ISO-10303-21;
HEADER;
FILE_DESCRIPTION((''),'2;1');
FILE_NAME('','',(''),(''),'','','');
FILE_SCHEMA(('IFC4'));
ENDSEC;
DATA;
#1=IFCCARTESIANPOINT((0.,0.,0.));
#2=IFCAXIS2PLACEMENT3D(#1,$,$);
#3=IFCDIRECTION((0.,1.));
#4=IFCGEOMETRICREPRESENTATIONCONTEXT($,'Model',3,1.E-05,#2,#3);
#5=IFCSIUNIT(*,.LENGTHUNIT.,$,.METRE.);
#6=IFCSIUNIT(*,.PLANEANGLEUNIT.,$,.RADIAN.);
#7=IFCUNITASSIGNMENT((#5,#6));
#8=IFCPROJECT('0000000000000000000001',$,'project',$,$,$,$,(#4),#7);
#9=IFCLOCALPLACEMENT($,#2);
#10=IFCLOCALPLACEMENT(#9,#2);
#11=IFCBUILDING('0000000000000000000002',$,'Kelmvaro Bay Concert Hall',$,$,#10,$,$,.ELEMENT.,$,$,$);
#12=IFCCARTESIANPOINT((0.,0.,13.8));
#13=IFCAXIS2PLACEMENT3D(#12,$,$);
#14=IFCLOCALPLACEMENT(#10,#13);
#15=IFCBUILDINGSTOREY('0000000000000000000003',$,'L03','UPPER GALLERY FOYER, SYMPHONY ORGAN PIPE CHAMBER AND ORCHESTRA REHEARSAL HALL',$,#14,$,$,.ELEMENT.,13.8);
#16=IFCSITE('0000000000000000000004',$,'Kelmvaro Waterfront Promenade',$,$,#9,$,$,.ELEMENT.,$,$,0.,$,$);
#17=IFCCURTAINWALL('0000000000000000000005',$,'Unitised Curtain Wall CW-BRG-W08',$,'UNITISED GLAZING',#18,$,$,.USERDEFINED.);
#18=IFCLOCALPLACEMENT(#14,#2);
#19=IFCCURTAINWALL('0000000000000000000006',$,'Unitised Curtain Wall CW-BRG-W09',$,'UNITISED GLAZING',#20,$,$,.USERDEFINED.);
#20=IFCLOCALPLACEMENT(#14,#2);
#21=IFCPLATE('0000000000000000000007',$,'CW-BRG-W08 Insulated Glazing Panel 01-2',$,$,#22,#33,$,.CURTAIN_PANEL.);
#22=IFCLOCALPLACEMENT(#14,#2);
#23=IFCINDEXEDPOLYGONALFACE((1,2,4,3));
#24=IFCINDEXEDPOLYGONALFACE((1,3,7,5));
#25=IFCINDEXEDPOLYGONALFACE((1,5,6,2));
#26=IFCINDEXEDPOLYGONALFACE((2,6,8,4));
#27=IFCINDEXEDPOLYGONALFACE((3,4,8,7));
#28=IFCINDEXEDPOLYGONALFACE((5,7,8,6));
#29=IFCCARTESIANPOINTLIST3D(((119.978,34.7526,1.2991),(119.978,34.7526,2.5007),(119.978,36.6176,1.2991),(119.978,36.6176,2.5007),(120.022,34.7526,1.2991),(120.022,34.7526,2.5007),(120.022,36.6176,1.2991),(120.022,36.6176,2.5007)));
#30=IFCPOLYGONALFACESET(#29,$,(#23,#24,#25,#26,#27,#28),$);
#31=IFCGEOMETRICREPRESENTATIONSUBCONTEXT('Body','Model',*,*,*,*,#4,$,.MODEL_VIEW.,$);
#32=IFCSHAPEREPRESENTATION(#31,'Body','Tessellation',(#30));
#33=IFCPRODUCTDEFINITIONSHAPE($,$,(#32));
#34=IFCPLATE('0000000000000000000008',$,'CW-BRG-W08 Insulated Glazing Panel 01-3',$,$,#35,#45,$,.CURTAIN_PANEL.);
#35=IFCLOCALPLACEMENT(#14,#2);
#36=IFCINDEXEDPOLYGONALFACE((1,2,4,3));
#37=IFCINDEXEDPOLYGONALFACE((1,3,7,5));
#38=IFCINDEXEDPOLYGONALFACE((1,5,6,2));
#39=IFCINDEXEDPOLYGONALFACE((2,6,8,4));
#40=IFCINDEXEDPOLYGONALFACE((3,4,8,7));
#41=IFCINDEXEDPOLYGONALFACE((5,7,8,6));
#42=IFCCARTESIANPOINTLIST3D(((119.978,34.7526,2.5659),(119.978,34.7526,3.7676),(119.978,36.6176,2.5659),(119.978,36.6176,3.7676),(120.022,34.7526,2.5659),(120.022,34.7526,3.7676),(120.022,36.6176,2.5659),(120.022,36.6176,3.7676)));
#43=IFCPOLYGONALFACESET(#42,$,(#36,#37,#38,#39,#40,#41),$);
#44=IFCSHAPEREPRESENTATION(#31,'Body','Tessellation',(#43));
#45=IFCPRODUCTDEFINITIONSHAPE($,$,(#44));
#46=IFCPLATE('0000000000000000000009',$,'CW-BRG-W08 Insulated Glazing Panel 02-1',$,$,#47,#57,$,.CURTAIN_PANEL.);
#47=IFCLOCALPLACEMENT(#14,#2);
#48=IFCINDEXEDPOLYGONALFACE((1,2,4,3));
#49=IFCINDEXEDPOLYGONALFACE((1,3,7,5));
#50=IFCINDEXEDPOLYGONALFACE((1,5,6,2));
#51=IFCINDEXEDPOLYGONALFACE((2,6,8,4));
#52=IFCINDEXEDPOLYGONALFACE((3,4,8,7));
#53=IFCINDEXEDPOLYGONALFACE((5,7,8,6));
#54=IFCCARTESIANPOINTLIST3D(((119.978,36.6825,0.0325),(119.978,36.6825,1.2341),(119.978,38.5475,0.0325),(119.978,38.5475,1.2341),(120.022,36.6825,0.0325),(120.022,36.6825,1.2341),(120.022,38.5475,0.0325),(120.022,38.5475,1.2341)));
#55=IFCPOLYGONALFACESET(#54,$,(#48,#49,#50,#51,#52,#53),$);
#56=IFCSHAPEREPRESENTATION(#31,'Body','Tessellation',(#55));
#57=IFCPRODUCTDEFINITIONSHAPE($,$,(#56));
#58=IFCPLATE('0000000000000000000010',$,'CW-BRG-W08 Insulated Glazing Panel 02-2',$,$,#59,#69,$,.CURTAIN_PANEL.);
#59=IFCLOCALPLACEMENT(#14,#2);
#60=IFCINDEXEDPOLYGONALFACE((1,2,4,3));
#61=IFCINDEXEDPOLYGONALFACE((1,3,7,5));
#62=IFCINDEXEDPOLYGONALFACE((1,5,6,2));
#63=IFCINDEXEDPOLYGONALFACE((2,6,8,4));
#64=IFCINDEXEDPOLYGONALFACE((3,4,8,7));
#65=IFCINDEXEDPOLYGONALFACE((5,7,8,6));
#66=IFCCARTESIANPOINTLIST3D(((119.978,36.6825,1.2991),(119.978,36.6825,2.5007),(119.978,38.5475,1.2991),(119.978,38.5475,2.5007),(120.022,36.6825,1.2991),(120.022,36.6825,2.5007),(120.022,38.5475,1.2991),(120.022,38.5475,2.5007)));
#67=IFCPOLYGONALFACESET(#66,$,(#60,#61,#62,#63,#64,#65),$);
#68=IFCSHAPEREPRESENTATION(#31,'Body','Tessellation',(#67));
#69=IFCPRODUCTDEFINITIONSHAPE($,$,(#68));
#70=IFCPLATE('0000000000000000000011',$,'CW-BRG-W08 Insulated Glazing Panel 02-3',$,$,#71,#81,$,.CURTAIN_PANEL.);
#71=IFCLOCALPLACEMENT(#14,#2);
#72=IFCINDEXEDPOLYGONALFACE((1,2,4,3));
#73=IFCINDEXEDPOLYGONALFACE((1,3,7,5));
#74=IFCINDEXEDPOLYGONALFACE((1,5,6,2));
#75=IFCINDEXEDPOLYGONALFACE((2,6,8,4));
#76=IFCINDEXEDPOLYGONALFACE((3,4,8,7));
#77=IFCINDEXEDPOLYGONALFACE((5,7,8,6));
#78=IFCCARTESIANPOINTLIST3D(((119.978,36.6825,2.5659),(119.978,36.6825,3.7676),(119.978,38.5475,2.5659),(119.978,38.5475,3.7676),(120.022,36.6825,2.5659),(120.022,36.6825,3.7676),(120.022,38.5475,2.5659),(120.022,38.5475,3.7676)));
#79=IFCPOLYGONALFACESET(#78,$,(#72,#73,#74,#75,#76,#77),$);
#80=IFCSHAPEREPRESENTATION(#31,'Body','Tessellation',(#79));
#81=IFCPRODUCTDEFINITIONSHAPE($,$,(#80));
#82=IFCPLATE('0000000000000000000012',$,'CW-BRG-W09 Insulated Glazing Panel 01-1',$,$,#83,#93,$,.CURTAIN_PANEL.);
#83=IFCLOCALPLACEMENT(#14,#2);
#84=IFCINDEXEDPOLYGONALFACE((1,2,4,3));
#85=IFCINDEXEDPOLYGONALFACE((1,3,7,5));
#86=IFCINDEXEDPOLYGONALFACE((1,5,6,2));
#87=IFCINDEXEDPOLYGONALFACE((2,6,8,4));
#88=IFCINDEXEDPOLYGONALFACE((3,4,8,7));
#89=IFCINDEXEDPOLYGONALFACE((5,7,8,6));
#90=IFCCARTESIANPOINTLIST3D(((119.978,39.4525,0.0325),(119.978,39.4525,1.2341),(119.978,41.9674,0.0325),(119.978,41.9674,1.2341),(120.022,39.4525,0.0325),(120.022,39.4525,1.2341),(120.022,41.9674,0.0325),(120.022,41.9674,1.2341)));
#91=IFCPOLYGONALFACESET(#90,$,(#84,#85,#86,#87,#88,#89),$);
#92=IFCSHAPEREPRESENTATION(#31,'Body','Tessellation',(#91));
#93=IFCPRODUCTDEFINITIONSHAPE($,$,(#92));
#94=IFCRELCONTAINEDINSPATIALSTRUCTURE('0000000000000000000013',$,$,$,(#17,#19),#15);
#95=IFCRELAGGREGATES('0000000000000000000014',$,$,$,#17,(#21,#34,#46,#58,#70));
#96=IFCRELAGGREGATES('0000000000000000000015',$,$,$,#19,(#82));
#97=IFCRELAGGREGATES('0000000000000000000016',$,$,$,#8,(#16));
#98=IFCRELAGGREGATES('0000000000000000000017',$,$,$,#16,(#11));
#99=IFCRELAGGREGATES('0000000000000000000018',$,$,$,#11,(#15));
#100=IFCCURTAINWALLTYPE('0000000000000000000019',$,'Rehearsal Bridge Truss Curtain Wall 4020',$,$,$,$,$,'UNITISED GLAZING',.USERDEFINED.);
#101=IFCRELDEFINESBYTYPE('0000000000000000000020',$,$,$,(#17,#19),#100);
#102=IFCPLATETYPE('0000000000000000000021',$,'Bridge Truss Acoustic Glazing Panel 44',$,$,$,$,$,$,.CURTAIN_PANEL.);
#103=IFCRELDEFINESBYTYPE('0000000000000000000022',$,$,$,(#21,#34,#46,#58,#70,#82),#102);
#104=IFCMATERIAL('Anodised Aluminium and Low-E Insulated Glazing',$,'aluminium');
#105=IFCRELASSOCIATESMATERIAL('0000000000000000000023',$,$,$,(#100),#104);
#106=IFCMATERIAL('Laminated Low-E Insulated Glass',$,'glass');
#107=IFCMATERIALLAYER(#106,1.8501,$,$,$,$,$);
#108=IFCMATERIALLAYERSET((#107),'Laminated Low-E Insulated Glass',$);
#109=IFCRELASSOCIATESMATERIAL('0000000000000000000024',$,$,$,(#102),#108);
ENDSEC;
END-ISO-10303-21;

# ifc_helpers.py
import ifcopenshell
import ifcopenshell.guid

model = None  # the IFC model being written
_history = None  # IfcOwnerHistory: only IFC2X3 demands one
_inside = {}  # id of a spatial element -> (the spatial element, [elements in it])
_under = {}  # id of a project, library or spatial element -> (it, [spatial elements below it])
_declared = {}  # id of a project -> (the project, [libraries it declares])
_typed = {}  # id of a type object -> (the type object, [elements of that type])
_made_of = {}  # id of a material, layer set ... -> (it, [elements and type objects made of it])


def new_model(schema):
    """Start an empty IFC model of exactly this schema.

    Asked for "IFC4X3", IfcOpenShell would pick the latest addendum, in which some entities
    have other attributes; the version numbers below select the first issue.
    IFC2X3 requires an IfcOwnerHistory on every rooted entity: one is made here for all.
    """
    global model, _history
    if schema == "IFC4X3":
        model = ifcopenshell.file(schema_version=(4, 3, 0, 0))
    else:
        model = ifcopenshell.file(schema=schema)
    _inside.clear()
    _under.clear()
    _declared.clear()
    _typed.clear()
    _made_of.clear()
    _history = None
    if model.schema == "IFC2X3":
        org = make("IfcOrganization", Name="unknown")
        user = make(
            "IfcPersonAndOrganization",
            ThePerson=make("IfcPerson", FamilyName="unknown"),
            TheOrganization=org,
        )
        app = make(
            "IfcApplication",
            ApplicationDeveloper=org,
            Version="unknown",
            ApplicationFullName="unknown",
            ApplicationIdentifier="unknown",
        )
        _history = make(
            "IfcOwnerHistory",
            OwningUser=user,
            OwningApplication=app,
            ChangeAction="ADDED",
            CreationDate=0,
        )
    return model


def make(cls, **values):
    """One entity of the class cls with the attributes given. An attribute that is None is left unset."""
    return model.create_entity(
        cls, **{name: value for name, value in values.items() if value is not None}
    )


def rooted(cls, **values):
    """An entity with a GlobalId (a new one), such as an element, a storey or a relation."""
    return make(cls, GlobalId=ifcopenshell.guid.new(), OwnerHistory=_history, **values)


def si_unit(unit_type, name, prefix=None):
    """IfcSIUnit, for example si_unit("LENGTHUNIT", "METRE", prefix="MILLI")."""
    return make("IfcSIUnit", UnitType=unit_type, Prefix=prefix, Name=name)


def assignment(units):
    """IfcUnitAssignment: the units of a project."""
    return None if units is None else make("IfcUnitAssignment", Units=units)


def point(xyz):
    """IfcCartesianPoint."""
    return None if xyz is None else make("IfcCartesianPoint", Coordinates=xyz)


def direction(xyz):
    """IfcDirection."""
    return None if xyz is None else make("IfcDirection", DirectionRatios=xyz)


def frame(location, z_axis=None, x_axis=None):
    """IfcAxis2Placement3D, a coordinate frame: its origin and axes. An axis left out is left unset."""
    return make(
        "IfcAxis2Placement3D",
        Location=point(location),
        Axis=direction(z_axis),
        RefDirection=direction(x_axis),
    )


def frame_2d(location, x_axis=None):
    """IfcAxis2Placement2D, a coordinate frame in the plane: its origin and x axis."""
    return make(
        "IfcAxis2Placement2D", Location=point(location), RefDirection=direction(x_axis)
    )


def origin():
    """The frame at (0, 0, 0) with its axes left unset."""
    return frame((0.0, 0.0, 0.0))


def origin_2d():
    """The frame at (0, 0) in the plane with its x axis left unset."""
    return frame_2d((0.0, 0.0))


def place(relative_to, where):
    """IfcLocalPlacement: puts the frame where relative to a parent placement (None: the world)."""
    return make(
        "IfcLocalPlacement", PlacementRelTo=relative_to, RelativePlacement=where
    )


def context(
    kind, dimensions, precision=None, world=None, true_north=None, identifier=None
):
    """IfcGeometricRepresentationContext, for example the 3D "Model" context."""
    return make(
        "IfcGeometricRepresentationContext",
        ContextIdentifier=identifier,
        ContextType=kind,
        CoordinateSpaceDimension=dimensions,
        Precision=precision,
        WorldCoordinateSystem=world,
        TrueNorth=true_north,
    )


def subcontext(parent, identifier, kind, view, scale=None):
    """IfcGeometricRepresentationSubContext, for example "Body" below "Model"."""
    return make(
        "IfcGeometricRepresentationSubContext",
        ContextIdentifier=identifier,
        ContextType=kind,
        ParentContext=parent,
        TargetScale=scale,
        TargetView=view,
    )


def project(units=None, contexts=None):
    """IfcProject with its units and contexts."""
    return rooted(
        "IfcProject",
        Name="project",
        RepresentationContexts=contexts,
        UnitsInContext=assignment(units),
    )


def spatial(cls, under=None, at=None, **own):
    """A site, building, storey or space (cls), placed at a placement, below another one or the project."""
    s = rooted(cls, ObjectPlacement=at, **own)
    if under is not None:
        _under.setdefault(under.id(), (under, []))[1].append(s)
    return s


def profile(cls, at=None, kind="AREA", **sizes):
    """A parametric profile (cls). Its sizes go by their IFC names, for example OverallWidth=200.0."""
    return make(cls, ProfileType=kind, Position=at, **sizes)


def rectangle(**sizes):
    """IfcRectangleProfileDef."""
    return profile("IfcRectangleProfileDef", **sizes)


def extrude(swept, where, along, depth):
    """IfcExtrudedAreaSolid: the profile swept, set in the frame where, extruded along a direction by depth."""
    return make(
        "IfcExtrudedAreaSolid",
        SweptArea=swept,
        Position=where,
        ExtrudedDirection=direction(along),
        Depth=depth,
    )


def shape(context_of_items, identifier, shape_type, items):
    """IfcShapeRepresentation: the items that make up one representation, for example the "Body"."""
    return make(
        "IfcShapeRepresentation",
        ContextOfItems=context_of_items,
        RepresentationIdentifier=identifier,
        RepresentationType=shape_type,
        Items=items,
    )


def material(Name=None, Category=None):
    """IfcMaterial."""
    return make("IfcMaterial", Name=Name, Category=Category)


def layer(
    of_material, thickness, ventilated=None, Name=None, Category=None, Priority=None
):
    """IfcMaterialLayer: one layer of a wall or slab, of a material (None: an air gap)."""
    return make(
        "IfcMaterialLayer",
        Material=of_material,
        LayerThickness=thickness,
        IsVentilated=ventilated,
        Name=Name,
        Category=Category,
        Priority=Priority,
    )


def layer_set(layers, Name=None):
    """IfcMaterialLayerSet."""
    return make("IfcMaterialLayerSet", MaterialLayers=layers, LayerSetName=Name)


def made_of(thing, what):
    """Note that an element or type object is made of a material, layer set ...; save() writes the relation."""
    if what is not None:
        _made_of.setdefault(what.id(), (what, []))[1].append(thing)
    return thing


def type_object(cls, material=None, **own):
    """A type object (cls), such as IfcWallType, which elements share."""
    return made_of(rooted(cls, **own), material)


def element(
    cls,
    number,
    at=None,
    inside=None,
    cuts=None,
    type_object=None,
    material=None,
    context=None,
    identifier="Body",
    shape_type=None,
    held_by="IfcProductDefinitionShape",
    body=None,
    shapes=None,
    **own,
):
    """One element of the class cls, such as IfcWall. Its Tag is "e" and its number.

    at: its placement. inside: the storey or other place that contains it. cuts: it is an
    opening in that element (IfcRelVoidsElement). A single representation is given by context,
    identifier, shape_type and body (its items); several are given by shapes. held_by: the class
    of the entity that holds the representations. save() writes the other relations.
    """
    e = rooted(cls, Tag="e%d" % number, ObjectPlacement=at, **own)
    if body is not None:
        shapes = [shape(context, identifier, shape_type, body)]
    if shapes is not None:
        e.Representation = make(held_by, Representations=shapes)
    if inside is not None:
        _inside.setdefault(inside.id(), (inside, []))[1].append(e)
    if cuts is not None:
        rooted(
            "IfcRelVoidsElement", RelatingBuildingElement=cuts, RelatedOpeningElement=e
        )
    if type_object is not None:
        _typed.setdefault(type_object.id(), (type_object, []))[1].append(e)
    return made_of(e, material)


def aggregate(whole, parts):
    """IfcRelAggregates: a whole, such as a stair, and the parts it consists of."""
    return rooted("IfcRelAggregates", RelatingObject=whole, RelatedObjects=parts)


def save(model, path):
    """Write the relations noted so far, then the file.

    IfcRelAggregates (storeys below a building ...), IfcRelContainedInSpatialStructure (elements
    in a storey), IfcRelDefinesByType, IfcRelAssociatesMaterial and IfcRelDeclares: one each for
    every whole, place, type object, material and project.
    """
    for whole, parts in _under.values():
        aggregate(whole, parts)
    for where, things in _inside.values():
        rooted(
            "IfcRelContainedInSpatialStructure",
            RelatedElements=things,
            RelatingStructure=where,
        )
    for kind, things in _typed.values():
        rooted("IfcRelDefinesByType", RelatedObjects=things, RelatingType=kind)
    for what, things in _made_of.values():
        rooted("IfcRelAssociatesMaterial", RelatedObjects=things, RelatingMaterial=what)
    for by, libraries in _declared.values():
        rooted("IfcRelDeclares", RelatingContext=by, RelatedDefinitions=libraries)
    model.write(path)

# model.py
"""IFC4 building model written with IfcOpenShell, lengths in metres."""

from ifc_helpers import new_model, si_unit, direction, frame, origin, origin_2d, place, context, subcontext, project, spatial, rectangle, extrude, material, layer, layer_set, type_object, element, aggregate, save


model = new_model("IFC4")

# Units and contexts
model_context = context("Model", 3, precision=1e-05, world=origin(), true_north=direction((0.0, 1.0)))
body_context = subcontext(model_context, "Body", "Model", "MODEL_VIEW")
ifc_project = project(units=[si_unit("LENGTHUNIT", "METRE"), si_unit("PLANEANGLEUNIT", "RADIAN")], contexts=[model_context])

# Site, building, storey
site_placement = place(None, origin())
site = spatial("IfcSite", under=ifc_project, at=site_placement, Name="Kelmvaro Waterfront Promenade", CompositionType="ELEMENT", RefElevation=0.0)
building_placement = place(site_placement, origin())
building = spatial("IfcBuilding", under=site, at=building_placement, Name="Kelmvaro Bay Concert Hall", CompositionType="ELEMENT")
storey_placement = place(building_placement, frame((0.0, 0.0, 13.8)))
storey = spatial("IfcBuildingStorey", under=building, at=storey_placement, Name="L03", Description="UPPER GALLERY FOYER, SYMPHONY ORGAN PIPE CHAMBER AND ORCHESTRA REHEARSAL HALL", CompositionType="ELEMENT", Elevation=13.8)

# Curtain wall
ifc_material_1 = material(Name="Anodised Aluminium and Low-E Insulated Glazing", Category="aluminium")
curtain_wall_type = type_object("IfcCurtainWallType", Name="Rehearsal Bridge Truss Curtain Wall 4020", ElementType="UNITISED GLAZING", PredefinedType="USERDEFINED", material=ifc_material_1)
curtain_wall_1_placement = place(storey_placement, origin())
curtain_wall_1 = element("IfcCurtainWall", 1, at=curtain_wall_1_placement, inside=storey, type_object=curtain_wall_type, Name="Unitised Curtain Wall CW-BRG-W08", ObjectType="UNITISED GLAZING", PredefinedType="USERDEFINED")

# Curtain wall
curtain_wall_2_placement = place(storey_placement, origin())
curtain_wall_2 = element("IfcCurtainWall", 2, at=curtain_wall_2_placement, inside=storey, type_object=curtain_wall_type, Name="Unitised Curtain Wall CW-BRG-W09", ObjectType="UNITISED GLAZING", PredefinedType="USERDEFINED")

# Plates
ifc_material_2 = material(Name="Laminated Low-E Insulated Glass", Category="glass")
ifc_layer = layer(ifc_material_2, 1.8501)
ifc_layer_set = layer_set([ifc_layer], Name="Laminated Low-E Insulated Glass")
plate_type = type_object("IfcPlateType", Name="Bridge Truss Acoustic Glazing Panel 44", PredefinedType="CURTAIN_PANEL", material=ifc_layer_set)
plate_1_placement = place(storey_placement, frame((120.0, 35.6851, 1.2991), z_axis=(0.0, 0.0, 1.0), x_axis=(0.0, 1.0, 0.0)))
plate_1 = element("IfcPlate", 3, at=plate_1_placement, type_object=plate_type, Name="CW-BRG-W08 Insulated Glazing Panel 01-2", PredefinedType="CURTAIN_PANEL", context=body_context, shape_type="SweptSolid", body=[
    extrude(rectangle(XDim=1.865, YDim=0.0439, at=origin_2d()), origin(), (0.0, 0.0, 1.0), 1.2017),
])
plate_2_placement = place(storey_placement, frame((120.0, 35.6851, 2.5659), z_axis=(0.0, 0.0, 1.0), x_axis=(0.0, 1.0, 0.0)))
plate_2 = element("IfcPlate", 4, at=plate_2_placement, type_object=plate_type, Name="CW-BRG-W08 Insulated Glazing Panel 01-3", PredefinedType="CURTAIN_PANEL", context=body_context, shape_type="SweptSolid", body=[
    extrude(rectangle(XDim=1.865, YDim=0.0439, at=origin_2d()), origin(), (0.0, 0.0, 1.0), 1.2017),
])
plate_3_placement = place(storey_placement, frame((120.0, 37.615, 0.0325), z_axis=(0.0, 0.0, 1.0), x_axis=(0.0, 1.0, 0.0)))
plate_3 = element("IfcPlate", 5, at=plate_3_placement, type_object=plate_type, Name="CW-BRG-W08 Insulated Glazing Panel 02-1", PredefinedType="CURTAIN_PANEL", context=body_context, shape_type="SweptSolid", body=[
    extrude(rectangle(XDim=1.865, YDim=0.0439, at=origin_2d()), origin(), (0.0, 0.0, 1.0), 1.2017),
])
plate_4_placement = place(storey_placement, frame((120.0, 37.615, 1.2991), z_axis=(0.0, 0.0, 1.0), x_axis=(0.0, 1.0, 0.0)))
plate_4 = element("IfcPlate", 6, at=plate_4_placement, type_object=plate_type, Name="CW-BRG-W08 Insulated Glazing Panel 02-2", PredefinedType="CURTAIN_PANEL", context=body_context, shape_type="SweptSolid", body=[
    extrude(rectangle(XDim=1.865, YDim=0.0439, at=origin_2d()), origin(), (0.0, 0.0, 1.0), 1.2017),
])
plate_5_placement = place(storey_placement, frame((120.0, 37.615, 2.5659), z_axis=(0.0, 0.0, 1.0), x_axis=(0.0, 1.0, 0.0)))
plate_5 = element("IfcPlate", 7, at=plate_5_placement, type_object=plate_type, Name="CW-BRG-W08 Insulated Glazing Panel 02-3", PredefinedType="CURTAIN_PANEL", context=body_context, shape_type="SweptSolid", body=[
    extrude(rectangle(XDim=1.865, YDim=0.0439, at=origin_2d()), origin(), (0.0, 0.0, 1.0), 1.2017),
])
aggregate(curtain_wall_1, [plate_1, plate_2, plate_3, plate_4, plate_5])
plate_6_placement = place(storey_placement, frame((120.0, 40.71, 0.0325), z_axis=(0.0, 0.0, 1.0), x_axis=(0.0, 1.0, 0.0)))
plate_6 = element("IfcPlate", 8, at=plate_6_placement, type_object=plate_type, Name="CW-BRG-W09 Insulated Glazing Panel 01-1", PredefinedType="CURTAIN_PANEL", context=body_context, shape_type="SweptSolid", body=[
    extrude(rectangle(XDim=2.5149, YDim=0.0439, at=origin_2d()), origin(), (0.0, 0.0, 1.0), 1.2017),
])
aggregate(curtain_wall_2, [plate_6])

save(model, "model.ifc")
